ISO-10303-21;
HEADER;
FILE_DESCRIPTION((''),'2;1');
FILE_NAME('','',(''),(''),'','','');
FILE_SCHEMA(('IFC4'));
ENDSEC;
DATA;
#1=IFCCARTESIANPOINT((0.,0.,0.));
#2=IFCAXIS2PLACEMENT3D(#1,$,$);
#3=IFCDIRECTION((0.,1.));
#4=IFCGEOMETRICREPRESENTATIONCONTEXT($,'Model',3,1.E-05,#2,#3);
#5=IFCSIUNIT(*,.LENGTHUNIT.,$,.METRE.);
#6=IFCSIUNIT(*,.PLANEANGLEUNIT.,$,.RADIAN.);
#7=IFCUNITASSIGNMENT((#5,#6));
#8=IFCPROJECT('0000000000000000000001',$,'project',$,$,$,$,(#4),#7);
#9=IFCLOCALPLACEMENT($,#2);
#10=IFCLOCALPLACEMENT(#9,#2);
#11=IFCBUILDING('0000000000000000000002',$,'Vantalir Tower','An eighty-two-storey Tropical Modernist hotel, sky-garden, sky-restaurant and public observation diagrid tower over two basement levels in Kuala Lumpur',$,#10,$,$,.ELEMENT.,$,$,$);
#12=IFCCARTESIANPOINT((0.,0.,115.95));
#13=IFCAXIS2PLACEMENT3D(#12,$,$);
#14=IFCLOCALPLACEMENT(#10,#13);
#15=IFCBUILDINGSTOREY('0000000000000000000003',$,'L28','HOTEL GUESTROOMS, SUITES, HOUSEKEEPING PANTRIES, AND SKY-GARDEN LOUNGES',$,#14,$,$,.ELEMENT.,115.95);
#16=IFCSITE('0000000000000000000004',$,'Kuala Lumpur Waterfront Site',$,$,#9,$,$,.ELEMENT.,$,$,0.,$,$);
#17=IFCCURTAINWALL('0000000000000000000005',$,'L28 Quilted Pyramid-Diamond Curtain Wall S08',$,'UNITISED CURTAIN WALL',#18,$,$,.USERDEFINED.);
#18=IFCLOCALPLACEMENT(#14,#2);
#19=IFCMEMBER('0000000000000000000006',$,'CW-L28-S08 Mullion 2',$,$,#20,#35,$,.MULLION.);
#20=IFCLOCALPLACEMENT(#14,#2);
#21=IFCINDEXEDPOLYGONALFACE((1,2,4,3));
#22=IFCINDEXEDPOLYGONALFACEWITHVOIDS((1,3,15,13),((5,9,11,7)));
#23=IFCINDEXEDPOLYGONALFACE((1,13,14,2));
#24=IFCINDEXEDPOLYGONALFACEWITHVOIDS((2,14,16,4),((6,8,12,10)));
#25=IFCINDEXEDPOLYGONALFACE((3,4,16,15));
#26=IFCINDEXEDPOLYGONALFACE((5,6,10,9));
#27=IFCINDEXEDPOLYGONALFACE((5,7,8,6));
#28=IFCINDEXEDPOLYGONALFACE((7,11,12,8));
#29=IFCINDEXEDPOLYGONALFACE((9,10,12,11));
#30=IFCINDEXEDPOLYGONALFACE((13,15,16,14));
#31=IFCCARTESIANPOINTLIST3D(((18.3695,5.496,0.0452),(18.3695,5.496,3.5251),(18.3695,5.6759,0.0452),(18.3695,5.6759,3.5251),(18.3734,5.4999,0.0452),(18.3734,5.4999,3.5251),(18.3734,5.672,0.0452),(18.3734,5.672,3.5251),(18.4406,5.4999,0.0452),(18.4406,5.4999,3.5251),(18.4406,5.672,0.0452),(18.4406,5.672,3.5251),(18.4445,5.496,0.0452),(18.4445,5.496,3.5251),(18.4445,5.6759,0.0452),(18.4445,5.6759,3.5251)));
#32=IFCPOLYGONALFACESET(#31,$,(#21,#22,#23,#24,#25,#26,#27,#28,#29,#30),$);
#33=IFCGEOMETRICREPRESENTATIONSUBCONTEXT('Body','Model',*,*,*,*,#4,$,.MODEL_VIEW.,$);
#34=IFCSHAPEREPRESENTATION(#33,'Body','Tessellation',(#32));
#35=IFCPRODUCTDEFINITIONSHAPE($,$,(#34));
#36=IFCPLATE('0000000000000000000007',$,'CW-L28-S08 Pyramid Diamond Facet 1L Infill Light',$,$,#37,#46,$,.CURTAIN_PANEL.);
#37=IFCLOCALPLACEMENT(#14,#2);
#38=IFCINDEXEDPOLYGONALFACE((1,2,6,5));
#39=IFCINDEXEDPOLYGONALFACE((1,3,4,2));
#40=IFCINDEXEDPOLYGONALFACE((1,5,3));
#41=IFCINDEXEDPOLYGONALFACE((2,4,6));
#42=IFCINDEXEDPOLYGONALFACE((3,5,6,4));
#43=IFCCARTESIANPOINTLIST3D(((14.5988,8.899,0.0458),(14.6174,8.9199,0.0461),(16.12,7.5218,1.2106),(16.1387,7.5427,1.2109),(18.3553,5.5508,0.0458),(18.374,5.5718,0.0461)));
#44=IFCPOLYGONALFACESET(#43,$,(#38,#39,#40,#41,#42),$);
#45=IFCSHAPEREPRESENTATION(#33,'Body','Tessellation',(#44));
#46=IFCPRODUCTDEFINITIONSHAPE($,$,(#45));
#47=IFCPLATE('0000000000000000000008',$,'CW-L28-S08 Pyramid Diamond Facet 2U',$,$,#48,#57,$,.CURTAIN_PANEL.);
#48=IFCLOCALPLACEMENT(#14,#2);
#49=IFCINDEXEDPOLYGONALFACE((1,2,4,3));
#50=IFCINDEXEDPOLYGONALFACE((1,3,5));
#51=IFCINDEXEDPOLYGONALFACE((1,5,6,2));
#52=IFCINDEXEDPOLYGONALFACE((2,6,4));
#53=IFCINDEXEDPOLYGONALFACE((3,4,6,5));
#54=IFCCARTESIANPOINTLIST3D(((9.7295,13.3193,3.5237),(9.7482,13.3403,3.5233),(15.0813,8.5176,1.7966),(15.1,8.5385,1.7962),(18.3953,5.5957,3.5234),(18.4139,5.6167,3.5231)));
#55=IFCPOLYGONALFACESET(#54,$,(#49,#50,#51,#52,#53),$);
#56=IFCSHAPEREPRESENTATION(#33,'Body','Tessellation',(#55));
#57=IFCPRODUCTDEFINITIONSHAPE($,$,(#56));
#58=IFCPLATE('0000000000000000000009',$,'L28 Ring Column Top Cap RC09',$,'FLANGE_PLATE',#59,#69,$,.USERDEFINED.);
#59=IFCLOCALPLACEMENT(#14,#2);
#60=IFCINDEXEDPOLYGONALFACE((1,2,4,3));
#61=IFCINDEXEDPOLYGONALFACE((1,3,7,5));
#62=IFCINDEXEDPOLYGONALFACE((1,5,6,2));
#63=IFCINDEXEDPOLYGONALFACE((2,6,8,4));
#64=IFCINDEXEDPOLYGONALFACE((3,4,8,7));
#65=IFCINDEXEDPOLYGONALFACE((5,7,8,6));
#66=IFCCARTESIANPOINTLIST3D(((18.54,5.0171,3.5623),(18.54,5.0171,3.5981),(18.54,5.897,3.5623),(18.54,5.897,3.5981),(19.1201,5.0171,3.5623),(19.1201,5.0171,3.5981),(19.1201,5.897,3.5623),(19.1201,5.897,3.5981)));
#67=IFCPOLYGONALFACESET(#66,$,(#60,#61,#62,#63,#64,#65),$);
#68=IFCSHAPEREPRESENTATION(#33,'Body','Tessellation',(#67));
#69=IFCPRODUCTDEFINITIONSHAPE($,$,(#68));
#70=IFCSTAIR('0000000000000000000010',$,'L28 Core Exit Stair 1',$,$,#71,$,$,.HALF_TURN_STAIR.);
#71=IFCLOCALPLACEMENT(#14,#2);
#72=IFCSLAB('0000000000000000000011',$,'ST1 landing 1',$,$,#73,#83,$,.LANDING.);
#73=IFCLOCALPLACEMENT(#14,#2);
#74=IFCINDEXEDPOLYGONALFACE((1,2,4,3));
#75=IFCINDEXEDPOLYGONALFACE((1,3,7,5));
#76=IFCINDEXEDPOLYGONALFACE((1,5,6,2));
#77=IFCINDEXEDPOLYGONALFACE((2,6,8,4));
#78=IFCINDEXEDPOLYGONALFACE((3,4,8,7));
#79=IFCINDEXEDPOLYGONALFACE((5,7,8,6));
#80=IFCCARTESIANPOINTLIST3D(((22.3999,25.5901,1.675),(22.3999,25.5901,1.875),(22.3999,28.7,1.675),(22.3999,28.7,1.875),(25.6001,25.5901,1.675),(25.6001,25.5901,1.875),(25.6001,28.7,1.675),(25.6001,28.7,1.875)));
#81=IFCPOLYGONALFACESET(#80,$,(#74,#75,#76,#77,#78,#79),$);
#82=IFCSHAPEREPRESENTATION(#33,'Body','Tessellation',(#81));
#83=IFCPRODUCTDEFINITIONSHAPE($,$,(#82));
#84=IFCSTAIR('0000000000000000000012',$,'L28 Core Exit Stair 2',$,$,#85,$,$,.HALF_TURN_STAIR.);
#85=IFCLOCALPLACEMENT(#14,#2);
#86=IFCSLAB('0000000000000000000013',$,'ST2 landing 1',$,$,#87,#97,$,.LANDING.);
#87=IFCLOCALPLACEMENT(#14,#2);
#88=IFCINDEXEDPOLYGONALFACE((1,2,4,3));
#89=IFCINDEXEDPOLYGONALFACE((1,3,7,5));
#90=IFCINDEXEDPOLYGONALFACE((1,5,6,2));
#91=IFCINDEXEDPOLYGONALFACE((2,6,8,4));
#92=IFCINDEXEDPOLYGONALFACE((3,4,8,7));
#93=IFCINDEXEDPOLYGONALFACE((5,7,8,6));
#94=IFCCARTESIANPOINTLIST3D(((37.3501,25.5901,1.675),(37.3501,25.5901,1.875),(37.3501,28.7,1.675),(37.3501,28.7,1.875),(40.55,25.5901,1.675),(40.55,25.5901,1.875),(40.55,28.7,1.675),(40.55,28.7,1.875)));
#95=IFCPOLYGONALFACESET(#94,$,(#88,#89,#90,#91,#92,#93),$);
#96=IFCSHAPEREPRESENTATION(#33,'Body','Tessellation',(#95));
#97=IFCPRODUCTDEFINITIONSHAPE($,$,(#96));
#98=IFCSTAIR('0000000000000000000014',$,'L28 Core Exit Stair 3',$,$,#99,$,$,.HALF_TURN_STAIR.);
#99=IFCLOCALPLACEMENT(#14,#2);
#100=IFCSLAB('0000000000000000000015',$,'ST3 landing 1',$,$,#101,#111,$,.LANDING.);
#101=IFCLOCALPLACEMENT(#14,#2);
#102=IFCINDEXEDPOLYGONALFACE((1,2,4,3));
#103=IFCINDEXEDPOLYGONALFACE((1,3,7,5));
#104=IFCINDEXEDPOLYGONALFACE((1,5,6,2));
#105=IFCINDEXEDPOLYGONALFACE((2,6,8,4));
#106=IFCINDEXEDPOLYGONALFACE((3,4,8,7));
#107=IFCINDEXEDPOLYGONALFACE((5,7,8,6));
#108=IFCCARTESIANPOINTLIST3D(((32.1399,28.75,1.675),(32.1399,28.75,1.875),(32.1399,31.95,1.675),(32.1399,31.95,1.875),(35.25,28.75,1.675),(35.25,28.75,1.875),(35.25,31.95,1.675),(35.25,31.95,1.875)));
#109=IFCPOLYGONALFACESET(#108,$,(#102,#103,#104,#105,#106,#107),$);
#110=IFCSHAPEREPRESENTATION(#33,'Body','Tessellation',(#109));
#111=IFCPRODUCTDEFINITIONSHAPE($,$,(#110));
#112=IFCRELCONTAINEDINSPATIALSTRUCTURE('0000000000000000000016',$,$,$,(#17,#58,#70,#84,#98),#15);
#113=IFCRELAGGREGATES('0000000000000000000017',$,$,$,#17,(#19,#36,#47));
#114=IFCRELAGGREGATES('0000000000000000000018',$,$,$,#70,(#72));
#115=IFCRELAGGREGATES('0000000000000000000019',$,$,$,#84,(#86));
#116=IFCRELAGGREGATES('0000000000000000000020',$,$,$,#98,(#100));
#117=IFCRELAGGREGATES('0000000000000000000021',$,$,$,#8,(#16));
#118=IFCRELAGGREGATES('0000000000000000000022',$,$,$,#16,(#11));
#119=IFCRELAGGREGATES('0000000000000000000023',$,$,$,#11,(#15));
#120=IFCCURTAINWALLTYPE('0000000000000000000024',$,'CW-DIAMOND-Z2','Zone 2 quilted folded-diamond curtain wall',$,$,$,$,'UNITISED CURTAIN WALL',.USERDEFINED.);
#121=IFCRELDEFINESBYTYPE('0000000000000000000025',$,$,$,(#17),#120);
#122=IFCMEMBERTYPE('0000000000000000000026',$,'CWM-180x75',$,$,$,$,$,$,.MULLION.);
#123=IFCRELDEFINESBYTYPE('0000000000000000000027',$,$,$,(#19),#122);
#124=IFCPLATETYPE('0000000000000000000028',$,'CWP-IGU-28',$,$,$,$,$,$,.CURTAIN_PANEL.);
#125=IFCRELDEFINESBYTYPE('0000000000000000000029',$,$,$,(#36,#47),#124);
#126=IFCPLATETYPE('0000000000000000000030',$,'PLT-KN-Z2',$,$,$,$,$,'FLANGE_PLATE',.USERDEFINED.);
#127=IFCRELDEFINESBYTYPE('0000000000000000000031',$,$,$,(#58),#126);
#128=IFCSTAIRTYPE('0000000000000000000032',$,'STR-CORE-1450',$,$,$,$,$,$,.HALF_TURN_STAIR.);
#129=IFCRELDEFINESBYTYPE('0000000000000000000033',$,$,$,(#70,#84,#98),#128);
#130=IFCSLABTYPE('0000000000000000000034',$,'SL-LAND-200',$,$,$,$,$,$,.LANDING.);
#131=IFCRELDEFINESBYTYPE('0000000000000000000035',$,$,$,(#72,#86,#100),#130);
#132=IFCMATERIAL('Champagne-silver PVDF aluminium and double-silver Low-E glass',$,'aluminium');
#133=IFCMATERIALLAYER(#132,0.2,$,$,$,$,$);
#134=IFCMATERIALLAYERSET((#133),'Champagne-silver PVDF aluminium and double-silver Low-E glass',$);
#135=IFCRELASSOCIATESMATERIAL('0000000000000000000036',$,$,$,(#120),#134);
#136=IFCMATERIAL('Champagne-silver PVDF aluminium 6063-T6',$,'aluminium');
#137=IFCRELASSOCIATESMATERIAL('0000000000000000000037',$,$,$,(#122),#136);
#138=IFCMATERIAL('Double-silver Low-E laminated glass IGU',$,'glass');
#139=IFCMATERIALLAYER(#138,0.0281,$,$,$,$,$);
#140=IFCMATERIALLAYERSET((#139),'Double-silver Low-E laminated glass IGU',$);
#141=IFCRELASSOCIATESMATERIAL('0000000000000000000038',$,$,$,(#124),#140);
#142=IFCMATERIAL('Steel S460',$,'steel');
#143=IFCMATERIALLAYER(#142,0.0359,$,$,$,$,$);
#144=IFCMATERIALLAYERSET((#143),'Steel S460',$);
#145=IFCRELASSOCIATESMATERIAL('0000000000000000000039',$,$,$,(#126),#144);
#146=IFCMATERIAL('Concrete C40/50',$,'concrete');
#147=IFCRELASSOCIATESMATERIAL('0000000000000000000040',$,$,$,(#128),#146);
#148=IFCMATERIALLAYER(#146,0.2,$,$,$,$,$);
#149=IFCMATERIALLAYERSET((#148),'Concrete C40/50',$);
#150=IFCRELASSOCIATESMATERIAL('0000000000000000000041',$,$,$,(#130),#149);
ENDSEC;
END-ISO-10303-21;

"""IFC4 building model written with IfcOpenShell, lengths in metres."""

from ifc_helpers import new_model, si_unit, direction, frame, origin, origin_2d, place, context, subcontext, project, spatial, polyline, hollow_rectangle, outline, extrude, material, layer, layer_set, material_profile, profile_set, type_object, element, aggregate, save


model = new_model("IFC4")

# Units and contexts
model_context = context("Model", 3, precision=1e-05, world=origin(), true_north=direction((0.0, 1.0)))
body_context = subcontext(model_context, "Body", "Model", "MODEL_VIEW")
ifc_project = project(units=[si_unit("LENGTHUNIT", "METRE"), si_unit("PLANEANGLEUNIT", "RADIAN")], contexts=[model_context])

# Site, building, storey
site_placement = place(None, origin())
site = spatial("IfcSite", under=ifc_project, at=site_placement, Name="Kuala Lumpur Waterfront Site", CompositionType="ELEMENT", RefElevation=0.0)
building_placement = place(site_placement, origin())
building = spatial("IfcBuilding", under=site, at=building_placement, Name="Vantalir Tower", Description="An eighty-two-storey Tropical Modernist hotel, sky-garden, sky-restaurant and public observation diagrid tower over two basement levels in Kuala Lumpur", CompositionType="ELEMENT")
storey_placement = place(building_placement, frame((0.0, 0.0, 115.95)))
storey = spatial("IfcBuildingStorey", under=building, at=storey_placement, Name="L28", Description="HOTEL GUESTROOMS, SUITES, HOUSEKEEPING PANTRIES, AND SKY-GARDEN LOUNGES", CompositionType="ELEMENT", Elevation=115.95)

# Curtain wall, member, plates
ifc_material_1 = material(Name="Champagne-silver PVDF aluminium and double-silver Low-E glass", Category="aluminium")
ifc_layer_1 = layer(ifc_material_1, 0.2)
ifc_layer_set_1 = layer_set([ifc_layer_1], Name="Champagne-silver PVDF aluminium and double-silver Low-E glass")
curtain_wall_type = type_object("IfcCurtainWallType", Name="CW-DIAMOND-Z2", Description="Zone 2 quilted folded-diamond curtain wall", ElementType="UNITISED CURTAIN WALL", PredefinedType="USERDEFINED", material=ifc_layer_set_1)
curtain_wall_placement = place(storey_placement, origin())
curtain_wall = element("IfcCurtainWall", 1, at=curtain_wall_placement, inside=storey, type_object=curtain_wall_type, Name="L28 Quilted Pyramid-Diamond Curtain Wall S08", ObjectType="UNITISED CURTAIN WALL", PredefinedType="USERDEFINED")
ifc_material_2 = material(Name="Champagne-silver PVDF aluminium 6063-T6", Category="aluminium")
ifc_material_profile = material_profile(ifc_material_2, hollow_rectangle(XDim=0.075, YDim=0.1799, WallThickness=0.0039, at=origin_2d()), Name="Champagne-silver PVDF aluminium 6063-T6")
ifc_profile_set = profile_set([ifc_material_profile], Name="Champagne-silver PVDF aluminium 6063-T6")
member_type = type_object("IfcMemberType", Name="CWM-180x75", PredefinedType="MULLION", material=ifc_profile_set)
member_placement = place(storey_placement, frame((18.407, 5.5859, 0.0452), z_axis=(0.0, 0.0, 1.0), x_axis=(1.0, 0.0, 0.0)))
member = element("IfcMember", 2, at=member_placement, type_object=member_type, Name="CW-L28-S08 Mullion 2", PredefinedType="MULLION", context=body_context, shape_type="SweptSolid", body=[
    extrude(hollow_rectangle(XDim=0.075, YDim=0.1799, WallThickness=0.0039, at=origin_2d()), origin(), (0.0, 0.0, 1.0), 3.48),
])
ifc_material_3 = material(Name="Double-silver Low-E laminated glass IGU", Category="glass")
ifc_layer_2 = layer(ifc_material_3, 0.0281)
ifc_layer_set_2 = layer_set([ifc_layer_2], Name="Double-silver Low-E laminated glass IGU")
plate_type_1 = type_object("IfcPlateType", Name="CWP-IGU-28", PredefinedType="CURTAIN_PANEL", material=ifc_layer_set_2)
plate_1_placement = place(storey_placement, frame((14.6174, 8.9199, 0.0461), z_axis=(0.665295, 0.746455, 0.013688), x_axis=(0.746525, -0.665357, 0.0)))
plate_1 = element("IfcPlate", 3, at=plate_1_placement, type_object=plate_type_1, Name="CW-L28-S08 Pyramid Diamond Facet 1L Infill Light", PredefinedType="CURTAIN_PANEL", context=body_context, shape_type="SweptSolid", body=[
    extrude(outline(polyline([(0.0, 0.0), (5.0321, 0.0), (2.052, -1.1649), (0.0, 0.0)])), origin(), (0.0, 0.0, -1.0), 0.0281),
])
plate_2_placement = place(storey_placement, frame((18.3953, 5.5957, 3.5234), z_axis=(-0.665298, -0.746452, 0.013744), x_axis=(-0.746522, 0.665361, 0.000021)))
plate_2 = element("IfcPlate", 4, at=plate_2_placement, type_object=plate_type_1, Name="CW-L28-S08 Pyramid Diamond Facet 2U", PredefinedType="CURTAIN_PANEL", context=body_context, shape_type="SweptSolid", body=[
    extrude(outline(polyline([(0.0, 0.0), (11.6082, 0.0), (4.418, 1.7271), (0.0, 0.0)])), origin(), (0.0, 0.0, -1.0), 0.0281),
])
aggregate(curtain_wall, [member, plate_1, plate_2])

# Plate
ifc_material_4 = material(Name="Steel S460", Category="steel")
ifc_layer_3 = layer(ifc_material_4, 0.0359)
ifc_layer_set_3 = layer_set([ifc_layer_3], Name="Steel S460")
plate_type_2 = type_object("IfcPlateType", Name="PLT-KN-Z2", ElementType="FLANGE_PLATE", PredefinedType="USERDEFINED", material=ifc_layer_set_3)
plate_3_placement = place(storey_placement, frame((18.54, 5.897, 3.5981), z_axis=(0.0, 0.0, 1.0), x_axis=(0.0, -1.0, 0.0)))
element("IfcPlate", 5, at=plate_3_placement, inside=storey, type_object=plate_type_2, Name="L28 Ring Column Top Cap RC09", ObjectType="FLANGE_PLATE", PredefinedType="USERDEFINED", context=body_context, shape_type="SweptSolid", body=[
    extrude(outline(polyline([(0.0, 0.0), (0.8799, 0.0), (0.8799, 0.5801), (0.0, 0.5801), (0.0, 0.0)])), origin(), (0.0, 0.0, -1.0), 0.0359),
])

# Stairs, slabs
ifc_material_5 = material(Name="Concrete C40/50", Category="concrete")
stair_type = type_object("IfcStairType", Name="STR-CORE-1450", PredefinedType="HALF_TURN_STAIR", material=ifc_material_5)
stair_1_placement = place(storey_placement, origin())
stair_1 = element("IfcStair", 6, at=stair_1_placement, inside=storey, type_object=stair_type, Name="L28 Core Exit Stair 1", PredefinedType="HALF_TURN_STAIR")
ifc_layer_4 = layer(ifc_material_5, 0.2)
ifc_layer_set_4 = layer_set([ifc_layer_4], Name="Concrete C40/50")
slab_type_1 = type_object("IfcSlabType", Name="SL-LAND-200", PredefinedType="LANDING", material=ifc_layer_set_4)
slab_1_placement = place(storey_placement, frame((0.0, 0.0, 1.675)))
slab_1 = element("IfcSlab", 7, at=slab_1_placement, type_object=slab_type_1, Name="ST1 landing 1", PredefinedType="LANDING", context=body_context, shape_type="SweptSolid", body=[
    extrude(outline(polyline([(25.6001, 25.5901), (25.6001, 28.7), (22.3999, 28.7), (22.3999, 25.5901), (25.6001, 25.5901)])), origin(), (0.0, 0.0, 1.0), 0.2),
])
aggregate(stair_1, [slab_1])
stair_2_placement = place(storey_placement, origin())
stair_2 = element("IfcStair", 8, at=stair_2_placement, inside=storey, type_object=stair_type, Name="L28 Core Exit Stair 2", PredefinedType="HALF_TURN_STAIR")
slab_2_placement = place(storey_placement, frame((0.0, 0.0, 1.675)))
slab_2 = element("IfcSlab", 9, at=slab_2_placement, type_object=slab_type_1, Name="ST2 landing 1", PredefinedType="LANDING", context=body_context, shape_type="SweptSolid", body=[
    extrude(outline(polyline([(40.55, 25.5901), (40.55, 28.7), (37.3501, 28.7), (37.3501, 25.5901), (40.55, 25.5901)])), origin(), (0.0, 0.0, 1.0), 0.2),
])
aggregate(stair_2, [slab_2])
stair_3_placement = place(storey_placement, origin())
stair_3 = element("IfcStair", 10, at=stair_3_placement, inside=storey, type_object=stair_type, Name="L28 Core Exit Stair 3", PredefinedType="HALF_TURN_STAIR")
slab_3_placement = place(storey_placement, frame((0.0, 0.0, 1.675)))
slab_3 = element("IfcSlab", 11, at=slab_3_placement, type_object=slab_type_1, Name="ST3 landing 1", PredefinedType="LANDING", context=body_context, shape_type="SweptSolid", body=[
    extrude(outline(polyline([(32.1399, 28.75), (35.25, 28.75), (35.25, 31.95), (32.1399, 31.95), (32.1399, 28.75)])), origin(), (0.0, 0.0, 1.0), 0.2),
])
aggregate(stair_3, [slab_3])

save(model, "model.ifc")
